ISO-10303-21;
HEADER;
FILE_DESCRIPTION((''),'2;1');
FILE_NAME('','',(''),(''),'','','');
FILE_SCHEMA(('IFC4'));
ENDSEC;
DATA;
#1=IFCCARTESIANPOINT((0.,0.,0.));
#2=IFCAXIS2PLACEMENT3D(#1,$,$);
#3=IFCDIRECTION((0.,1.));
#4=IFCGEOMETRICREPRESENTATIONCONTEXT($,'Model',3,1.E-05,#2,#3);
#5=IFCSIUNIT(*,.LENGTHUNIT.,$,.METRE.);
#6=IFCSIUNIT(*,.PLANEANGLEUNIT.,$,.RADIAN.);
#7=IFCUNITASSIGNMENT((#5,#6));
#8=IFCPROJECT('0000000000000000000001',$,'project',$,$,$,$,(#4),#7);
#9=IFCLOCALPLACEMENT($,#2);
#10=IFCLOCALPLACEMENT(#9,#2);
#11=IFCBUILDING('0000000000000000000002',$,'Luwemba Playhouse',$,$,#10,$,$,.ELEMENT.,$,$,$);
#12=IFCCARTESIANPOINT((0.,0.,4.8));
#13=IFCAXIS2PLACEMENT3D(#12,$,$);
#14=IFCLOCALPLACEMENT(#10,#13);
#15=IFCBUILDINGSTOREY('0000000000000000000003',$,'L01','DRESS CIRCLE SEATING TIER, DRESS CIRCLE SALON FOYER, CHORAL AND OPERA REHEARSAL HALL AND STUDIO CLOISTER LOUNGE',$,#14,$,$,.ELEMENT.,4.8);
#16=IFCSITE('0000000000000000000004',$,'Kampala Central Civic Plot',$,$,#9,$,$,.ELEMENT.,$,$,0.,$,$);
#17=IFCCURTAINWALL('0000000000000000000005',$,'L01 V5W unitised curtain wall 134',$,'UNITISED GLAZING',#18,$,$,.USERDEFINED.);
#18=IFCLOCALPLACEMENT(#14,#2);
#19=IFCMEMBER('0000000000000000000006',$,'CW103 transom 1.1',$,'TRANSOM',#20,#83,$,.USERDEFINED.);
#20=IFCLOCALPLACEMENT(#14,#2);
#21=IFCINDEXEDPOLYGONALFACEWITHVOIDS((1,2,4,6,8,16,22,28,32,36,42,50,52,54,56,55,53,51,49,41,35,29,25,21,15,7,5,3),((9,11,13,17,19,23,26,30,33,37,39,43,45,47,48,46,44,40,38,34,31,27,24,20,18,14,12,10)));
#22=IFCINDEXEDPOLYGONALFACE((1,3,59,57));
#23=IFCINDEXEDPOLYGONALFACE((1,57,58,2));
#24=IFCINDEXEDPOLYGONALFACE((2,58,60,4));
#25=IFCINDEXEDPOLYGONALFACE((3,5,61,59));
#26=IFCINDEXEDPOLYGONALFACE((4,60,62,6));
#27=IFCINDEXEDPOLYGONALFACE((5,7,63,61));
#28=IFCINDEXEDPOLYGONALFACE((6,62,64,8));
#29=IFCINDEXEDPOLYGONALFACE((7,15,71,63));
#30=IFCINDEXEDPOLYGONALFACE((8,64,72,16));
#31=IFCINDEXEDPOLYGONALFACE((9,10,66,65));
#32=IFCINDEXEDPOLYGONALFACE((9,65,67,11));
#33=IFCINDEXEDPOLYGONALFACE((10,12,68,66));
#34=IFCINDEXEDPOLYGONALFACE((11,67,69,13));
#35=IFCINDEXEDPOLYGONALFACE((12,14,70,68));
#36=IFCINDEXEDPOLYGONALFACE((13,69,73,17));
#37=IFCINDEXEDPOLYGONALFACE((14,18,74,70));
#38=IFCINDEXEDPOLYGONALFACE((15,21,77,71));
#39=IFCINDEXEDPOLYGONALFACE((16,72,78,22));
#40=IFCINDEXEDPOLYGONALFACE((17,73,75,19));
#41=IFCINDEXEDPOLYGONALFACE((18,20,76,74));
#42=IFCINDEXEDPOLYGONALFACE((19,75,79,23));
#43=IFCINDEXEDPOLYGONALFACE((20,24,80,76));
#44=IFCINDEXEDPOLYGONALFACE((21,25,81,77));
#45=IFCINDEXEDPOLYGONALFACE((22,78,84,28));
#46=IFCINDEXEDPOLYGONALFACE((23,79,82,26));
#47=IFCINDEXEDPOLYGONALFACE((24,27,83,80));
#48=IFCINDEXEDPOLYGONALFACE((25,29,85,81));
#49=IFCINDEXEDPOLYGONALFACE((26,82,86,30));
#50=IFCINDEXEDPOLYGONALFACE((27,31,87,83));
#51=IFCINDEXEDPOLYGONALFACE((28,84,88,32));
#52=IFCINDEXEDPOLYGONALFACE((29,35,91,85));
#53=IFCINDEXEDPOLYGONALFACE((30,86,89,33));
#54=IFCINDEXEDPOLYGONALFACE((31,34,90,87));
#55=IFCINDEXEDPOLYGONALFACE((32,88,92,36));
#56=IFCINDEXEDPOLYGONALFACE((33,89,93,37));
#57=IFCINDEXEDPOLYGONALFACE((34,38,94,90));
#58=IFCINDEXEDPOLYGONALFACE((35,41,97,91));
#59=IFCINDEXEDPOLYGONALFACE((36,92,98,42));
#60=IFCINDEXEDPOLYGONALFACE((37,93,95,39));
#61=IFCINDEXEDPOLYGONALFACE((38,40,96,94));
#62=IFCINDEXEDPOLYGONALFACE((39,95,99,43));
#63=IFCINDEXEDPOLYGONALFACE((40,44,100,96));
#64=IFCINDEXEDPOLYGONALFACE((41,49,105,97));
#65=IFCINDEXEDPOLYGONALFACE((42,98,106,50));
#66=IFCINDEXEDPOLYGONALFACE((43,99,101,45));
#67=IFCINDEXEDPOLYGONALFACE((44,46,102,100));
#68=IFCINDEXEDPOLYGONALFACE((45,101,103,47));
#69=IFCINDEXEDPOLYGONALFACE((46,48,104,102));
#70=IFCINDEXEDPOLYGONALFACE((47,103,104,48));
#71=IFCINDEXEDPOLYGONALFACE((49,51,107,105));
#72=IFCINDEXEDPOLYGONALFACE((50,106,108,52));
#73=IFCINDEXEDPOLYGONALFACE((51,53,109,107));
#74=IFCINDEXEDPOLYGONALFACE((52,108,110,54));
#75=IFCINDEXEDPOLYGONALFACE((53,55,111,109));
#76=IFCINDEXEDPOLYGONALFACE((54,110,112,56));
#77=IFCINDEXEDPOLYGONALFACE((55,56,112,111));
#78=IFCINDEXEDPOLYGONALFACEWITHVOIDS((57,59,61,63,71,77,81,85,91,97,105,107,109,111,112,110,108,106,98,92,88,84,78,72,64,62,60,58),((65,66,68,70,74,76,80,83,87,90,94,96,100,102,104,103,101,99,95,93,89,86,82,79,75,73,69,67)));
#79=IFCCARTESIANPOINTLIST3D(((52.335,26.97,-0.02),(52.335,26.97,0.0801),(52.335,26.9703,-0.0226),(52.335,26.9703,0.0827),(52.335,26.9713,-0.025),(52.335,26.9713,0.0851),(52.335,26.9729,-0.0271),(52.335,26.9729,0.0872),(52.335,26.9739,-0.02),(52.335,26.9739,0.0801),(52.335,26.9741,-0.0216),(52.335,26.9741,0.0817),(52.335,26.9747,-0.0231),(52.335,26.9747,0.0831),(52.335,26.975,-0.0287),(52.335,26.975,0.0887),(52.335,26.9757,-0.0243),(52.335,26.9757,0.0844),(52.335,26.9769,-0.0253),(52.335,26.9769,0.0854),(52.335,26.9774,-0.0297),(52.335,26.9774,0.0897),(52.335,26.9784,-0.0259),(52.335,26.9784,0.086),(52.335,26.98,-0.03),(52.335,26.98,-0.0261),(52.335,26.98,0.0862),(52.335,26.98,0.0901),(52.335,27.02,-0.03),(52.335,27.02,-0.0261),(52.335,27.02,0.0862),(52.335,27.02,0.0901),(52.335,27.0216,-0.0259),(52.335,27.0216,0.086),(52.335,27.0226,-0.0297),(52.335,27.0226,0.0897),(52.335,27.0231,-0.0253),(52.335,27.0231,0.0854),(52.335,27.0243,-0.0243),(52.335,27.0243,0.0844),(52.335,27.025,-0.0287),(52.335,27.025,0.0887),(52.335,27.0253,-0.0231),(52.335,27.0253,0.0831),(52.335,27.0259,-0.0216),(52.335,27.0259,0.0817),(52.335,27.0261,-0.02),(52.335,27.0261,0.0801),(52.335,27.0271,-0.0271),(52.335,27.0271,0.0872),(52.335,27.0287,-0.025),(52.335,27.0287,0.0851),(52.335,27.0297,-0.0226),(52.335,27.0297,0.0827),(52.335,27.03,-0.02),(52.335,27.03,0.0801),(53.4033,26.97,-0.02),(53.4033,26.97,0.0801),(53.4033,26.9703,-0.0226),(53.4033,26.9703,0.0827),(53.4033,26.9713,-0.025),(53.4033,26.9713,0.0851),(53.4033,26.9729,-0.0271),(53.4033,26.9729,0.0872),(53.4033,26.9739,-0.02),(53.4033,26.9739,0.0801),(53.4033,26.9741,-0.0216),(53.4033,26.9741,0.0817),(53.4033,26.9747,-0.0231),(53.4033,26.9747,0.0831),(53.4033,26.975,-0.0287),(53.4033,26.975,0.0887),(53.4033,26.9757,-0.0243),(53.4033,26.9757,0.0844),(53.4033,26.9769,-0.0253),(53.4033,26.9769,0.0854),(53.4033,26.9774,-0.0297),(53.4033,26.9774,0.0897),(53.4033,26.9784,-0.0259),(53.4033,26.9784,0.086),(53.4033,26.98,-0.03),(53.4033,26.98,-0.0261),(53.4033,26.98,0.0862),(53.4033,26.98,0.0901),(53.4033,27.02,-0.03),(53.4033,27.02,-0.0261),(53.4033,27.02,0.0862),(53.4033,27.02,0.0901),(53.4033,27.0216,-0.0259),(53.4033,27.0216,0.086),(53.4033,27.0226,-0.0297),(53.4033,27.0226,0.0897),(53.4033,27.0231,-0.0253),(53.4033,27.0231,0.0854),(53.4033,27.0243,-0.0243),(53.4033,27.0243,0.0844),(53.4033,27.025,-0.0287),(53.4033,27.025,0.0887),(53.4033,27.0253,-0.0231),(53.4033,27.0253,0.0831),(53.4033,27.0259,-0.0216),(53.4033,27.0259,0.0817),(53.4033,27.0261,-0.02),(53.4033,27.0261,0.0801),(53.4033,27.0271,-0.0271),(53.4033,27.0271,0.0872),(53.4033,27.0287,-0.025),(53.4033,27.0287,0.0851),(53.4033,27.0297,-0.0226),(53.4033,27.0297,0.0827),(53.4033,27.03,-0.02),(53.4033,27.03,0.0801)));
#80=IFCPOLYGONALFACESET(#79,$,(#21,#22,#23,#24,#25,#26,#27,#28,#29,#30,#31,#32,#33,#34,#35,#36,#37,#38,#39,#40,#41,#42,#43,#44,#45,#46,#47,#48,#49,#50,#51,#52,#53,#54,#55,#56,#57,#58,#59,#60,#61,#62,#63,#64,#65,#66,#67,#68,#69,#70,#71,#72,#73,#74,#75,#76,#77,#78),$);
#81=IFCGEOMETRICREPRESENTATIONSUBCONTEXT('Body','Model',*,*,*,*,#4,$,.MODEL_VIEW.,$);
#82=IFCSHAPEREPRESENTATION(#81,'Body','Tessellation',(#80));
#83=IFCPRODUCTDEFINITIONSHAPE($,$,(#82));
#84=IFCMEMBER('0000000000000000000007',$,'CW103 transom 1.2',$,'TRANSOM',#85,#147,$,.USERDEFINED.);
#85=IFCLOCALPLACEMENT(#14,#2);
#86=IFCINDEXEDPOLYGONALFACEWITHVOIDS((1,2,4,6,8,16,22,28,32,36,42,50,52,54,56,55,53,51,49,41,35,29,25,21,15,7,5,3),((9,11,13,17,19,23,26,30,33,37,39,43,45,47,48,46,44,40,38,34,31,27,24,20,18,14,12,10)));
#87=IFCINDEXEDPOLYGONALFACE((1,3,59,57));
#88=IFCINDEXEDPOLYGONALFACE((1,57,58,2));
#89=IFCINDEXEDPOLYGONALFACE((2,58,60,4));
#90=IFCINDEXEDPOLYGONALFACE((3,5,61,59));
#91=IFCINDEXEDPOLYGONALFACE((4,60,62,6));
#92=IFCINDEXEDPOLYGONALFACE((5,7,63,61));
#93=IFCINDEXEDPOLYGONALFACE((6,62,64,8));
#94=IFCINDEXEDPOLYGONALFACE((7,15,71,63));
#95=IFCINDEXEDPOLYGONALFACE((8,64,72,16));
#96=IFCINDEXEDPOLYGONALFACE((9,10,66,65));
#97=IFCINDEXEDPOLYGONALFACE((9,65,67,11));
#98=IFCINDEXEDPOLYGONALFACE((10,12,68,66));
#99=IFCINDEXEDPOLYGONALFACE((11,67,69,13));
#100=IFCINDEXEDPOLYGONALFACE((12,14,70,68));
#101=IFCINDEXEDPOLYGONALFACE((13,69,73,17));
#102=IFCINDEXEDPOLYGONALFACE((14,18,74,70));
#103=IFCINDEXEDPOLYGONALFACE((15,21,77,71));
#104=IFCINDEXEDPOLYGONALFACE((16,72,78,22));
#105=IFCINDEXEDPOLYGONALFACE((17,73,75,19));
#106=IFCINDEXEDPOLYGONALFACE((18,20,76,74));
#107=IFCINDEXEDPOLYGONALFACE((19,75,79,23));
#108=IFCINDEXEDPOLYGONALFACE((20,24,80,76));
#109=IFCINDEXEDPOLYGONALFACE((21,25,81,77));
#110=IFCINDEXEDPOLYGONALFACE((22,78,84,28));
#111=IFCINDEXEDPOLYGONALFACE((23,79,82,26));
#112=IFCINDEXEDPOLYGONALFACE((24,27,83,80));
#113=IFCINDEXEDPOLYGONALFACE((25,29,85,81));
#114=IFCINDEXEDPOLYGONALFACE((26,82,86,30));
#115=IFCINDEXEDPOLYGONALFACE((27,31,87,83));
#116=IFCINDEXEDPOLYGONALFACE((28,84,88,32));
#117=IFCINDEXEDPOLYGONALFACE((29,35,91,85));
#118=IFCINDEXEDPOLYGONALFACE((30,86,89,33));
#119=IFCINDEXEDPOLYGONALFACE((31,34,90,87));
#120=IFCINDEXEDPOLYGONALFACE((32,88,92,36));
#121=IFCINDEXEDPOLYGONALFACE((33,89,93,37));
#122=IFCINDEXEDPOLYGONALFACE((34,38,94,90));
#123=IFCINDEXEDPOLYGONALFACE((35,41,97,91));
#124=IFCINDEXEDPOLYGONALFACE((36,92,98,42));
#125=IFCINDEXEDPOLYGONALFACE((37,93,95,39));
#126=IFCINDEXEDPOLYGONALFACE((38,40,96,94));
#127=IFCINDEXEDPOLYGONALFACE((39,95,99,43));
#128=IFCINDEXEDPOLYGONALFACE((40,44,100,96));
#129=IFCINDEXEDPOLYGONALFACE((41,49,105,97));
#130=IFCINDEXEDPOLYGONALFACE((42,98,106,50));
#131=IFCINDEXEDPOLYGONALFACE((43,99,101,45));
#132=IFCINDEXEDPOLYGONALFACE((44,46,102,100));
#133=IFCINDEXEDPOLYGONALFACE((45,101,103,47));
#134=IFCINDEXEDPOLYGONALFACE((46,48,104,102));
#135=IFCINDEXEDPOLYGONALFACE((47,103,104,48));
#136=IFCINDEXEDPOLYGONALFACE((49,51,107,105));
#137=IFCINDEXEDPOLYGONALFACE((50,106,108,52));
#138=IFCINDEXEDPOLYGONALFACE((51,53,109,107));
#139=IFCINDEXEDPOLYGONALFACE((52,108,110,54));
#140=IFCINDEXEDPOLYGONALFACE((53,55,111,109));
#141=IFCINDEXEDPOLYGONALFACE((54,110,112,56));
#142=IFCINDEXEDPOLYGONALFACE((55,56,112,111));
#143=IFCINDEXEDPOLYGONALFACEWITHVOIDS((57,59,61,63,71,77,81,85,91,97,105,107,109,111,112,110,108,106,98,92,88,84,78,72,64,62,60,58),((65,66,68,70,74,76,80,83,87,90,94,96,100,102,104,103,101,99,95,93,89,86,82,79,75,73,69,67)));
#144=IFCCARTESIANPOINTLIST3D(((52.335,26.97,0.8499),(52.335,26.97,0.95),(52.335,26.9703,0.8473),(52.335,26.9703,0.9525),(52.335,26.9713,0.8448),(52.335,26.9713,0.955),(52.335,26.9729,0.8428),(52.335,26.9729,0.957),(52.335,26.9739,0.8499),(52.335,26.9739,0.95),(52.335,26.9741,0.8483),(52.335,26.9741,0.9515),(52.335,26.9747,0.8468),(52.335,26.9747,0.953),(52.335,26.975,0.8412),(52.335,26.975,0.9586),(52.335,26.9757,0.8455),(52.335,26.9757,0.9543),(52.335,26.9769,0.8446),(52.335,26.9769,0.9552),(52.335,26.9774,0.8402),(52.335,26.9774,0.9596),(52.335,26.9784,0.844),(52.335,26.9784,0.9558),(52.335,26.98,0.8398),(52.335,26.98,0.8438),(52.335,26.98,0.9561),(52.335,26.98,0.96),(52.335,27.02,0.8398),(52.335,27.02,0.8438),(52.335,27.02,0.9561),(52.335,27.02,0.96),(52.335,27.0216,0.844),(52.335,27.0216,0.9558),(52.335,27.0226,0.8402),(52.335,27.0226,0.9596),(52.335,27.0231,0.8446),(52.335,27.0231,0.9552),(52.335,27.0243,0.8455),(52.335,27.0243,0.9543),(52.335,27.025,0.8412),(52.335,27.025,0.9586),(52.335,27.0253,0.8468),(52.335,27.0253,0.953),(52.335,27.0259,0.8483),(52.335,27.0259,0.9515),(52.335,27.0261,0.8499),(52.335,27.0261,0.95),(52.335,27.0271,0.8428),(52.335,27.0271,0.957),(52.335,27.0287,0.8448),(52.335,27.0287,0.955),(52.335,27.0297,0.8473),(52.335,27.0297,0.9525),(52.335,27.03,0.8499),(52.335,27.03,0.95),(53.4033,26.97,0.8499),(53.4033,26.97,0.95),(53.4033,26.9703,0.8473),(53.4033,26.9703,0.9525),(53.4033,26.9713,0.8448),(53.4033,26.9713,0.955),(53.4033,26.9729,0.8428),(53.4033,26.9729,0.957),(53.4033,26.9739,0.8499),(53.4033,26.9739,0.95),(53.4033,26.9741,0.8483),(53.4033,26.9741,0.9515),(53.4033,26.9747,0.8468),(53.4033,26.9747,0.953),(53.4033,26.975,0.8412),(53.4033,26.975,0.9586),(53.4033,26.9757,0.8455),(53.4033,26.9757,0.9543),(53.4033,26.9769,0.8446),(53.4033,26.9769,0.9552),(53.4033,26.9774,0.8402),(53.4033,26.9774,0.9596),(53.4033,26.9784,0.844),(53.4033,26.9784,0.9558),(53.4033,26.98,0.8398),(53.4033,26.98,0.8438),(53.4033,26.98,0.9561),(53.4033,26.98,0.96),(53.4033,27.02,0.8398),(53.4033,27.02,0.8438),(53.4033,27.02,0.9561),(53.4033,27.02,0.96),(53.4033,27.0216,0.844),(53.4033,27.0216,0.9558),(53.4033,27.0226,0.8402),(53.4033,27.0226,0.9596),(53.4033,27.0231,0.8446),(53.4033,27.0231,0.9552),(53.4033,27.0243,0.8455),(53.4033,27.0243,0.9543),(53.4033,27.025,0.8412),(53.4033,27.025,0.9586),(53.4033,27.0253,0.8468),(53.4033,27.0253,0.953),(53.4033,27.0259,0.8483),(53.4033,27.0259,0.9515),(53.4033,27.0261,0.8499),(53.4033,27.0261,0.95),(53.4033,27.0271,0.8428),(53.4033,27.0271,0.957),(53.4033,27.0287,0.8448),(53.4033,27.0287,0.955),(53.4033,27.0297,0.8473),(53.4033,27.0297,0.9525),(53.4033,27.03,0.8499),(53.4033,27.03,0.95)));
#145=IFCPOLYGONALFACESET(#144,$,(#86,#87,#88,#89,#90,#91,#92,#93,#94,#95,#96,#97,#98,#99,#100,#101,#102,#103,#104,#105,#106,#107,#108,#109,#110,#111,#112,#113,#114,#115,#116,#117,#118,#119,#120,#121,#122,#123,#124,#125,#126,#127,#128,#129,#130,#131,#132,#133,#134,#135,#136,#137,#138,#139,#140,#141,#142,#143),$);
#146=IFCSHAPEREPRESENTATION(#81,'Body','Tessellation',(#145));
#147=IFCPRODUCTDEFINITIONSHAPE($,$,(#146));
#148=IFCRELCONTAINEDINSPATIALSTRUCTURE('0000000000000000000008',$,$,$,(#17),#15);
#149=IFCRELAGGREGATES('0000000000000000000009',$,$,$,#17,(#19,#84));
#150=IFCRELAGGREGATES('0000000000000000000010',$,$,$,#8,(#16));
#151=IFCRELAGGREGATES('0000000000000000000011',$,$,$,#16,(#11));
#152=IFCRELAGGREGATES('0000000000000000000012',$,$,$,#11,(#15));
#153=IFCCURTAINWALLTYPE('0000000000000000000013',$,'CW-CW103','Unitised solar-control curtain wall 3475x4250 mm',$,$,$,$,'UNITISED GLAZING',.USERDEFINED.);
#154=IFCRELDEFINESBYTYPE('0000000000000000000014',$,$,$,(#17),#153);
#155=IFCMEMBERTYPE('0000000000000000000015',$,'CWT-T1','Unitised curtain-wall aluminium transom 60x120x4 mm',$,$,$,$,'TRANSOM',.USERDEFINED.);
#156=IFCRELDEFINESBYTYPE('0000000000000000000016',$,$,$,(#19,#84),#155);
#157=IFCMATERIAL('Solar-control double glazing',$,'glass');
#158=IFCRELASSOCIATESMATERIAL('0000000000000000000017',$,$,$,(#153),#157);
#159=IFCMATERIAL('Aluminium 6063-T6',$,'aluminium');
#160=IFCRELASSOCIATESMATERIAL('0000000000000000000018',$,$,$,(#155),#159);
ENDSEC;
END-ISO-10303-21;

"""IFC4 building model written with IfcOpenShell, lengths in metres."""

from ifc_helpers import new_model, si_unit, direction, frame, origin, origin_2d, place, context, subcontext, project, spatial, hollow_rectangle, extrude, material, material_profile, profile_set, type_object, element, aggregate, save


model = new_model("IFC4")

# Units and contexts
model_context = context("Model", 3, precision=1e-05, world=origin(), true_north=direction((0.0, 1.0)))
body_context = subcontext(model_context, "Body", "Model", "MODEL_VIEW")
ifc_project = project(units=[si_unit("LENGTHUNIT", "METRE"), si_unit("PLANEANGLEUNIT", "RADIAN")], contexts=[model_context])

# Site, building, storey
site_placement = place(None, origin())
site = spatial("IfcSite", under=ifc_project, at=site_placement, Name="Kampala Central Civic Plot", CompositionType="ELEMENT", RefElevation=0.0)
building_placement = place(site_placement, origin())
building = spatial("IfcBuilding", under=site, at=building_placement, Name="Luwemba Playhouse", CompositionType="ELEMENT")
storey_placement = place(building_placement, frame((0.0, 0.0, 4.8)))
storey = spatial("IfcBuildingStorey", under=building, at=storey_placement, Name="L01", Description="DRESS CIRCLE SEATING TIER, DRESS CIRCLE SALON FOYER, CHORAL AND OPERA REHEARSAL HALL AND STUDIO CLOISTER LOUNGE", CompositionType="ELEMENT", Elevation=4.8)

# Curtain wall
ifc_material_1 = material(Name="Solar-control double glazing", Category="glass")
ifc_material_2 = material(Name="Aluminium 6063-T6", Category="aluminium")
curtain_wall_type_1 = type_object("IfcCurtainWallType", Name="CW-CW103", Description="Unitised solar-control curtain wall 3475x4250 mm", ElementType="UNITISED GLAZING", PredefinedType="USERDEFINED", material=ifc_material_1)
curtain_wall_1_placement = place(storey_placement, origin())
curtain_wall_1 = element("IfcCurtainWall", 1, at=curtain_wall_1_placement, inside=storey, type_object=curtain_wall_type_1, Name="L01 V5W unitised curtain wall 134", ObjectType="UNITISED GLAZING", PredefinedType="USERDEFINED")

# Members
ifc_material_profile_1 = material_profile(ifc_material_2, hollow_rectangle(XDim=0.0601, YDim=0.1201, WallThickness=0.0039, InnerFilletRadius=0.0061, OuterFilletRadius=0.01, at=origin_2d()))
ifc_profile_set_1 = profile_set([ifc_material_profile_1], Name="Aluminium 6063-T6")
member_type_1 = type_object("IfcMemberType", Name="CWT-T1", Description="Unitised curtain-wall aluminium transom 60x120x4 mm", ElementType="TRANSOM", PredefinedType="USERDEFINED", material=ifc_profile_set_1)
member_1_placement = place(storey_placement, frame((52.335, 27.0, 0.03), z_axis=(1.0, 0.0, 0.0), x_axis=(0.0, 1.0, 0.0)))
member_1 = element("IfcMember", 2, at=member_1_placement, type_object=member_type_1, Name="CW103 transom 1.1", ObjectType="TRANSOM", PredefinedType="USERDEFINED", context=body_context, shape_type="SweptSolid", body=[
    extrude(hollow_rectangle(XDim=0.0601, YDim=0.1201, WallThickness=0.0039, InnerFilletRadius=0.0061, OuterFilletRadius=0.01, at=origin_2d()), origin(), (0.0, 0.0, 1.0), 1.0684),
])
member_2_placement = place(storey_placement, frame((52.335, 27.0, 0.8999), z_axis=(1.0, 0.0, 0.0), x_axis=(0.0, 1.0, 0.0)))
member_2 = element("IfcMember", 3, at=member_2_placement, type_object=member_type_1, Name="CW103 transom 1.2", ObjectType="TRANSOM", PredefinedType="USERDEFINED", context=body_context, shape_type="SweptSolid", body=[
    extrude(hollow_rectangle(XDim=0.0601, YDim=0.1201, WallThickness=0.0039, InnerFilletRadius=0.0061, OuterFilletRadius=0.01, at=origin_2d()), origin(), (0.0, 0.0, 1.0), 1.0684),
])

aggregate(curtain_wall_1, [member_1, member_2])

save(model, "model.ifc")
